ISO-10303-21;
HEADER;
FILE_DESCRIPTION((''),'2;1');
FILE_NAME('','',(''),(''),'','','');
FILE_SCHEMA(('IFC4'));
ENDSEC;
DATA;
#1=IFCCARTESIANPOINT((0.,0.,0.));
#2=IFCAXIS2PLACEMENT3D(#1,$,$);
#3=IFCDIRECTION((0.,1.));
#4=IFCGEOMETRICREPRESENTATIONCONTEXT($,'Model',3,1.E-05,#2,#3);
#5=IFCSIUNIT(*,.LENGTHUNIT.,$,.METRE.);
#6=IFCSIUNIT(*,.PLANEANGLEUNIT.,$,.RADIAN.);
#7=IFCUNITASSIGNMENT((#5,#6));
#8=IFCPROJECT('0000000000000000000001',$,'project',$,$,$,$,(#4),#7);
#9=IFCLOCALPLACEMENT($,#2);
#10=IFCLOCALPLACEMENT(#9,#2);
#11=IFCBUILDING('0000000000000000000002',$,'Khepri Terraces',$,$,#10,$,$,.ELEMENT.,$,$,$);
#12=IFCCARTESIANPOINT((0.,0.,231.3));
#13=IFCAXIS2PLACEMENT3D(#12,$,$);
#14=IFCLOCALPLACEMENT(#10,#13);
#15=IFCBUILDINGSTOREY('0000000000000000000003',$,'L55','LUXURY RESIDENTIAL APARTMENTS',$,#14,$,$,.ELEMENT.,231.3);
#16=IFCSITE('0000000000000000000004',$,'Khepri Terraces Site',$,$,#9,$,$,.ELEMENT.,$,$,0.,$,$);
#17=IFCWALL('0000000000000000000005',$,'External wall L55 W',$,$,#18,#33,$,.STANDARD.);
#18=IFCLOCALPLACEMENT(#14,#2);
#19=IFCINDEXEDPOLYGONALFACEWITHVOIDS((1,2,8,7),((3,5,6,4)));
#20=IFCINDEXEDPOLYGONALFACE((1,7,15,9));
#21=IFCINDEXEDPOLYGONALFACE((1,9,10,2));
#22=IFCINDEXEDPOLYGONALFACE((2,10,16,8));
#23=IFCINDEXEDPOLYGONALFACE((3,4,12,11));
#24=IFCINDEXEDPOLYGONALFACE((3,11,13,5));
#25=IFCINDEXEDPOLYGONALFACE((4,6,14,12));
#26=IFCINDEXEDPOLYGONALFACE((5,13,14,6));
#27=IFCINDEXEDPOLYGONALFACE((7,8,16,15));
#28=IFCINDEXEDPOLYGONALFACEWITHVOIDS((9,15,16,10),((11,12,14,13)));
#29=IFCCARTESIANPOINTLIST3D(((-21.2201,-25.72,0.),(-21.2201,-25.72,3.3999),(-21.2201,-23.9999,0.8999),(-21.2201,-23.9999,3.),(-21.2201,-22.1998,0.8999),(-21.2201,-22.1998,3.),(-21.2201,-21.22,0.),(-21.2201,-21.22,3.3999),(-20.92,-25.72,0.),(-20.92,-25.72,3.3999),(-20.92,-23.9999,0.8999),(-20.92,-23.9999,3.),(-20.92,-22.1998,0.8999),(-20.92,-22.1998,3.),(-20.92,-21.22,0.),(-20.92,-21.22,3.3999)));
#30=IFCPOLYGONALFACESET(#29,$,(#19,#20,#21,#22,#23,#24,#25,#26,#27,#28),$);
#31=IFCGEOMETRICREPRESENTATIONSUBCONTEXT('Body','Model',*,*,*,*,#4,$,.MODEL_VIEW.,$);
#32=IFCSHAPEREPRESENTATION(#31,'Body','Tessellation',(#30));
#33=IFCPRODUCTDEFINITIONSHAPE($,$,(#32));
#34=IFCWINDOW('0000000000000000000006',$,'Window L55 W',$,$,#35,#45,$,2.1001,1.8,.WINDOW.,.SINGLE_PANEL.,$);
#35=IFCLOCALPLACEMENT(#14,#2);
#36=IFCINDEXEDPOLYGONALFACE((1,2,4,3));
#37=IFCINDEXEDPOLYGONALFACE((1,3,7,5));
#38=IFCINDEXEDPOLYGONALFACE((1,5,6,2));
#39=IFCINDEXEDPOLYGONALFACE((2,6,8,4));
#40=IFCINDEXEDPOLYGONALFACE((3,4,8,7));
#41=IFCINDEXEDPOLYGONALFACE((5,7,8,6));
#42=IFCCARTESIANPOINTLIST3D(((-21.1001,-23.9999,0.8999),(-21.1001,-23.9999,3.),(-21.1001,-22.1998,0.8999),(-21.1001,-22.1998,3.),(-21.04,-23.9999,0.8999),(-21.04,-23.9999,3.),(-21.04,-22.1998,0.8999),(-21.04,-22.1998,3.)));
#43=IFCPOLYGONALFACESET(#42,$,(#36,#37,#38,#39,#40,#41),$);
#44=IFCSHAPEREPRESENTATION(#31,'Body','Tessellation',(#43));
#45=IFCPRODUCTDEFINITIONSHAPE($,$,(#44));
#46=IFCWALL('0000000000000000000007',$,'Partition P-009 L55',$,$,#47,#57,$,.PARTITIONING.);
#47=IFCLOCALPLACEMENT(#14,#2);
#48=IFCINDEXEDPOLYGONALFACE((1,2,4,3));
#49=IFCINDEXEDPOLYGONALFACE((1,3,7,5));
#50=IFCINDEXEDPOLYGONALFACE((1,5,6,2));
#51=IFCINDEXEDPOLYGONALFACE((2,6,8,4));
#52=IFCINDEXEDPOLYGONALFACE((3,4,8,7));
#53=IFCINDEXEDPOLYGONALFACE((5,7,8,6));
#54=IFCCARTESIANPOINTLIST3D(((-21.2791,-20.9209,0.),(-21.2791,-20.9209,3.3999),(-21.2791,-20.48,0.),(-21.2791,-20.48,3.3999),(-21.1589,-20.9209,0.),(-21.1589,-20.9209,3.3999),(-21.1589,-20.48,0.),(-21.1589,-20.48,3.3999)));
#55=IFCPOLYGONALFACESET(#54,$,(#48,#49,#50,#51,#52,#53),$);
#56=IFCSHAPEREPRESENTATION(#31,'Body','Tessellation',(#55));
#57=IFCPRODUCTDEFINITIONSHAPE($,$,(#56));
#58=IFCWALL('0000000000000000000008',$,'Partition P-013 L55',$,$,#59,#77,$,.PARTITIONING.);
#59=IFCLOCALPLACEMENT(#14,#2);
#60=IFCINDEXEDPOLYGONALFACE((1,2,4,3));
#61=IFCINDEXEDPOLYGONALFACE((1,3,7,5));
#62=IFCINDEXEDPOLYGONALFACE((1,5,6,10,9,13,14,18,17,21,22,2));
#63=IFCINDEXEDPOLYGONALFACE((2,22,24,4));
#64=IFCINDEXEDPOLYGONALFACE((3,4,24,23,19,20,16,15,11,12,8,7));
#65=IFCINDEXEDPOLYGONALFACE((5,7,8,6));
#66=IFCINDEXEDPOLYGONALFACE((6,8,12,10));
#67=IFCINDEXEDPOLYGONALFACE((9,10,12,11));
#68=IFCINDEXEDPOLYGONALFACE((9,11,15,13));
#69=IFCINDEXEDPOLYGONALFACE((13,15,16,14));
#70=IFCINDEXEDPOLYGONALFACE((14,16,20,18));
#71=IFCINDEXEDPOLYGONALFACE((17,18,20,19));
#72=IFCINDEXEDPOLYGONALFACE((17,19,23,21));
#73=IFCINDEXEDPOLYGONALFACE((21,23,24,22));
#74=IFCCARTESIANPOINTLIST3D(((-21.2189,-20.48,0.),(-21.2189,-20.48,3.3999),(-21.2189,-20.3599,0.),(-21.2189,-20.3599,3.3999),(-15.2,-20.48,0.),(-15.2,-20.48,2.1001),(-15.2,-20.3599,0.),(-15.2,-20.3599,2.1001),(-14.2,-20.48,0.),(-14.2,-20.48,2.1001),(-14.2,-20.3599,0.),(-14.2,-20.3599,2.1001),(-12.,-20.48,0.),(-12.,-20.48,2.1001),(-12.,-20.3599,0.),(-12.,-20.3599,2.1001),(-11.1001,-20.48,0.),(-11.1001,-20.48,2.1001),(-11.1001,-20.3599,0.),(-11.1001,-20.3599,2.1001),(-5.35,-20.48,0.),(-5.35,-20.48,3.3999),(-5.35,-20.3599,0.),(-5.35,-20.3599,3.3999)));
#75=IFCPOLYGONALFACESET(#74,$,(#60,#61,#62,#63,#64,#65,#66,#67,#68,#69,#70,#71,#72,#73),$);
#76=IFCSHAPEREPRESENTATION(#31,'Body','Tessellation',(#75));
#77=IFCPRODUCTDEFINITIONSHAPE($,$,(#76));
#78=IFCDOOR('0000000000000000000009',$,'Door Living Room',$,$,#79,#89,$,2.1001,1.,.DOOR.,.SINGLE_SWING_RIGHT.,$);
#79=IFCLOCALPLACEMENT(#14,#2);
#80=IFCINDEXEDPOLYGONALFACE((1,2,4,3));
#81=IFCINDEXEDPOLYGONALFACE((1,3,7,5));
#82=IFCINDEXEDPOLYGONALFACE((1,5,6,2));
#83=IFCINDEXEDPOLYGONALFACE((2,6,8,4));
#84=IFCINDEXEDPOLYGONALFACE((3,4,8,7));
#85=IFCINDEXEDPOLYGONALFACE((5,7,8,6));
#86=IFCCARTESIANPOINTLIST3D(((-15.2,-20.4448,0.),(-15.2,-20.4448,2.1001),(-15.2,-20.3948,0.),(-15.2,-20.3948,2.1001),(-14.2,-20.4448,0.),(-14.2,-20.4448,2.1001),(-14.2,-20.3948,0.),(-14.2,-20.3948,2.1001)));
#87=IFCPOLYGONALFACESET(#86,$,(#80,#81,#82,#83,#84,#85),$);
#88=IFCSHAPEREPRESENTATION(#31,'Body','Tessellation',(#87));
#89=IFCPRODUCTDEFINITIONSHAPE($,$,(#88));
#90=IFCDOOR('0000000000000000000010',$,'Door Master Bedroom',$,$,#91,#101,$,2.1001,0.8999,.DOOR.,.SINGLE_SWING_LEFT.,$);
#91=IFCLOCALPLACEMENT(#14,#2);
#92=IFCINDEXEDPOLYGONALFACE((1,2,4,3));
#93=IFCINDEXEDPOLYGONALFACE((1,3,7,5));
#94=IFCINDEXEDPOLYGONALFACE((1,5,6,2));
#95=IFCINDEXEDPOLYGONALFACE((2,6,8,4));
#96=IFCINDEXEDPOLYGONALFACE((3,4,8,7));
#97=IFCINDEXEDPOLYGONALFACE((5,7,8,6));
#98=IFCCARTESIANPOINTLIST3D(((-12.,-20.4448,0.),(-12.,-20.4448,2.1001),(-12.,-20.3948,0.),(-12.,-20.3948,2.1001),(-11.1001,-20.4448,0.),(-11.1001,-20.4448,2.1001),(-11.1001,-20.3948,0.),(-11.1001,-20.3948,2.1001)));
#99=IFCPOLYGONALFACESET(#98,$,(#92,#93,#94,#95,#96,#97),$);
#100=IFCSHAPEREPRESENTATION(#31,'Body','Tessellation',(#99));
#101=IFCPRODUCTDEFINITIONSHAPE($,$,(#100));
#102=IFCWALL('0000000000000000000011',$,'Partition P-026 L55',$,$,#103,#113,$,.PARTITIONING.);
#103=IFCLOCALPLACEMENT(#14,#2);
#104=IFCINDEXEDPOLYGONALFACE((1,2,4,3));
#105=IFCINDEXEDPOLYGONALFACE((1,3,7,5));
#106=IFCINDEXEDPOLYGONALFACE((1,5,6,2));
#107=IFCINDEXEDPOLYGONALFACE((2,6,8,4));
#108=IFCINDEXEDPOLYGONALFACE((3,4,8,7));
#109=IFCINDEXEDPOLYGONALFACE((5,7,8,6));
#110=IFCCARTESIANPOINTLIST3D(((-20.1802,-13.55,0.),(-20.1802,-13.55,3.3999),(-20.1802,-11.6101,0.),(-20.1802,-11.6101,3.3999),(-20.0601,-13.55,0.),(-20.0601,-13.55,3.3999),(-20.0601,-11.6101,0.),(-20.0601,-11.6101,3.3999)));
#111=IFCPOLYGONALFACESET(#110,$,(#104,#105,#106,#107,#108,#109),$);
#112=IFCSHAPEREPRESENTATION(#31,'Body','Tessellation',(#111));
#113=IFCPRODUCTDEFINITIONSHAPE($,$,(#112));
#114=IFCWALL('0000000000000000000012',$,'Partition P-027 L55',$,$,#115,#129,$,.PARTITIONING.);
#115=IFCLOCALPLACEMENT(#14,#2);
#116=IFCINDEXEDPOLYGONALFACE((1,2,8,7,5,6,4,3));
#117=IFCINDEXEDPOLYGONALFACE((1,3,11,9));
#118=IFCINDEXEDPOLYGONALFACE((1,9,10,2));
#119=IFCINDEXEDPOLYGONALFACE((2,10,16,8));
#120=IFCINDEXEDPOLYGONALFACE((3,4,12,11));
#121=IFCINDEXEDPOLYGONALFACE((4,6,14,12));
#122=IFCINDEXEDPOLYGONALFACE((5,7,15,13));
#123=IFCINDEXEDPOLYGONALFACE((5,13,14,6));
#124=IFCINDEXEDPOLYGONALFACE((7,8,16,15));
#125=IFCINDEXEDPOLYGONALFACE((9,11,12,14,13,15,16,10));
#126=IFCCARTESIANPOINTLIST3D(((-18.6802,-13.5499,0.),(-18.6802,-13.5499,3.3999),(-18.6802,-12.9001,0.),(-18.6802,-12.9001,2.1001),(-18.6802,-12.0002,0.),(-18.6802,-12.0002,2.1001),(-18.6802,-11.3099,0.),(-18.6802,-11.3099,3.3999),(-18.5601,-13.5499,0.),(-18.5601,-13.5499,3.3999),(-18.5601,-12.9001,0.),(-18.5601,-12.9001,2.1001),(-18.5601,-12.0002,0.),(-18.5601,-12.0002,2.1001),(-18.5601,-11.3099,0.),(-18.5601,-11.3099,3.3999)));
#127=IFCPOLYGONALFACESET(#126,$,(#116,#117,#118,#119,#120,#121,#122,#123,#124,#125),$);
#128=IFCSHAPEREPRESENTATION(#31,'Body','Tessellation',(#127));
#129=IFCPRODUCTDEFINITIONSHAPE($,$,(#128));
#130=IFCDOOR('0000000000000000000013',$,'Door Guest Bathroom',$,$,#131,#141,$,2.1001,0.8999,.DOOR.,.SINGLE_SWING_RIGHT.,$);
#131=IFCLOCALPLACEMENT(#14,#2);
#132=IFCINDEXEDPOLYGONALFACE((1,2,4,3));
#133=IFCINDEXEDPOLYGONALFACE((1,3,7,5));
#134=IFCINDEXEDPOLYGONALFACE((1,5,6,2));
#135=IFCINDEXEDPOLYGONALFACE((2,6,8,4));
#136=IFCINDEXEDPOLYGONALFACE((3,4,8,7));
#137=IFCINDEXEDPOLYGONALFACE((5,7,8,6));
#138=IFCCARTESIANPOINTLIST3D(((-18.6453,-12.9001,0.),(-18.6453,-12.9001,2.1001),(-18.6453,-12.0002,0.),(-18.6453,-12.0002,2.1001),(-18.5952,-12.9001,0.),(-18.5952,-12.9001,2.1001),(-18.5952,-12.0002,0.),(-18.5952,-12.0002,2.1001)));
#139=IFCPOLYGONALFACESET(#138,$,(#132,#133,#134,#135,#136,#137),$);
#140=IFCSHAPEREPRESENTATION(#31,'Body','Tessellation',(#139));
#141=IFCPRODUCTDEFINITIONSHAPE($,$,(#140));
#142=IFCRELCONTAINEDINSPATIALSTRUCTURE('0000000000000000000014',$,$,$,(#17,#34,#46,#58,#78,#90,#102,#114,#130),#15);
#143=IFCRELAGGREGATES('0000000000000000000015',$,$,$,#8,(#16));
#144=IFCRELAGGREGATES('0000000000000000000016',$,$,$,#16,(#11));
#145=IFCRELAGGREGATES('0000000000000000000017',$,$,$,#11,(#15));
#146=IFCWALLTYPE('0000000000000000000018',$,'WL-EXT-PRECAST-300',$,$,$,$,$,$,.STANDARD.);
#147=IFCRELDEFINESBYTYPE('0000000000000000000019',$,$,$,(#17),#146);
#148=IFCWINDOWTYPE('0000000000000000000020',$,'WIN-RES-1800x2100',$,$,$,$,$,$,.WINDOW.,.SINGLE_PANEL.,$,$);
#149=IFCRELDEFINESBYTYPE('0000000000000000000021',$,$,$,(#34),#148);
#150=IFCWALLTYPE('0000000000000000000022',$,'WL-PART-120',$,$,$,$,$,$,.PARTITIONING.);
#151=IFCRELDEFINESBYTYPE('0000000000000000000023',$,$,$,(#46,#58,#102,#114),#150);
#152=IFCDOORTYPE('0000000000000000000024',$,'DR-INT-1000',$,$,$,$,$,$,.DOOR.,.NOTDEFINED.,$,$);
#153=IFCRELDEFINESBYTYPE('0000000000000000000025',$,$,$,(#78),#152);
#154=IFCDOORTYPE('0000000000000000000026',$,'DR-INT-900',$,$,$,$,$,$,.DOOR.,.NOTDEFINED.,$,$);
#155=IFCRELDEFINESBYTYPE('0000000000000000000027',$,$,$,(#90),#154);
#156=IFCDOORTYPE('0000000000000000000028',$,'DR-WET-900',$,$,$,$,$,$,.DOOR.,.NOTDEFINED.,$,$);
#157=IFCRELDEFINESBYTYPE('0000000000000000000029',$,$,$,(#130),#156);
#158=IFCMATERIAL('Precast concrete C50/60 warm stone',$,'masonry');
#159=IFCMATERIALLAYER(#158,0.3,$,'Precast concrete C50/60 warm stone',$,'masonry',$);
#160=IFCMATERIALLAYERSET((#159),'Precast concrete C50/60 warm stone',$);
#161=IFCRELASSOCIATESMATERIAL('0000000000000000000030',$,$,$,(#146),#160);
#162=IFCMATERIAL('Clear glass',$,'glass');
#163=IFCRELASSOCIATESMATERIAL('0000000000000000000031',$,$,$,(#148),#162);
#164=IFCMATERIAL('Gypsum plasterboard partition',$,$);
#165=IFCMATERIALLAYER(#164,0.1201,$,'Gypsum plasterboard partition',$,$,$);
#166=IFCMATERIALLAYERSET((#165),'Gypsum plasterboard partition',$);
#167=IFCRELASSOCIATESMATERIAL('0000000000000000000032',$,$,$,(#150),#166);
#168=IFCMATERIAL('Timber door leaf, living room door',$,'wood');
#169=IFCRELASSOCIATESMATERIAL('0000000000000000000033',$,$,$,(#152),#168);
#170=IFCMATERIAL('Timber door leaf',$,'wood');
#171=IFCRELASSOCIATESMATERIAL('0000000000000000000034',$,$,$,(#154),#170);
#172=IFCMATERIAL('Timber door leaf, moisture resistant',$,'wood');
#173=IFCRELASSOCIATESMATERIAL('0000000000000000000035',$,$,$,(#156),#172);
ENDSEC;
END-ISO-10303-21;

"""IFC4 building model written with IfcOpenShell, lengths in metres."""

from ifc_helpers import new_model, si_unit, direction, frame, frame_2d, origin, place, context, subcontext, project, spatial, rectangle, extrude, material, layer, layer_set, type_object, element, fill, save


model = new_model("IFC4")

# Units and contexts
model_context = context("Model", 3, precision=1e-05, world=origin(), true_north=direction((0.0, 1.0)))
body_context = subcontext(model_context, "Body", "Model", "MODEL_VIEW")
ifc_project = project(units=[si_unit("LENGTHUNIT", "METRE"), si_unit("PLANEANGLEUNIT", "RADIAN")], contexts=[model_context])

# Site, building, storey
site_placement = place(None, origin())
site = spatial("IfcSite", under=ifc_project, at=site_placement, Name="Khepri Terraces Site", CompositionType="ELEMENT", RefElevation=0.0)
building_placement = place(site_placement, origin())
building = spatial("IfcBuilding", under=site, at=building_placement, Name="Khepri Terraces", CompositionType="ELEMENT")
storey_placement = place(building_placement, frame((0.0, 0.0, 231.3)))
storey = spatial("IfcBuildingStorey", under=building, at=storey_placement, Name="L55", Description="LUXURY RESIDENTIAL APARTMENTS", CompositionType="ELEMENT", Elevation=231.3)

# Wall, opening, window
ifc_material_1 = material(Name="Precast concrete C50/60 warm stone", Category="masonry")
ifc_layer_1 = layer(ifc_material_1, 0.3, Name="Precast concrete C50/60 warm stone", Category="masonry")
ifc_layer_set_1 = layer_set([ifc_layer_1], Name="Precast concrete C50/60 warm stone")
wall_type_1 = type_object("IfcWallType", Name="WL-EXT-PRECAST-300", PredefinedType="STANDARD", material=ifc_layer_set_1)
ifc_material_2 = material(Name="Clear glass", Category="glass")
window_type = type_object("IfcWindowType", Name="WIN-RES-1800x2100", PartitioningType="SINGLE_PANEL", PredefinedType="WINDOW", material=ifc_material_2)
wall_1_placement = place(storey_placement, frame((-21.0701, -21.22, 0.0), z_axis=(0.0, 0.0, 1.0), x_axis=(0.0, -1.0, 0.0)))
wall_1 = element("IfcWall", 1, at=wall_1_placement, inside=storey, type_object=wall_type_1, Name="External wall L55 W", PredefinedType="STANDARD", context=body_context, shape_type="SweptSolid", body=[
    extrude(rectangle(XDim=4.5, YDim=0.3, at=frame_2d((2.25, 0.0))), origin(), (0.0, 0.0, 1.0), 3.3999),
])
opening_1_placement = place(wall_1_placement, frame((0.98, 0.0, 0.8999)))
opening_1 = element("IfcOpeningElement", 2, at=opening_1_placement, cuts=wall_1, PredefinedType="OPENING", context=body_context, shape_type="SweptSolid", body=[
    extrude(rectangle(XDim=1.8, YDim=2.1001, at=frame_2d((0.8999, 1.05))), frame((0.0, 0.1602, 0.0), z_axis=(0.0, -1.0, 0.0), x_axis=(1.0, 0.0, 0.0)), (0.0, 0.0, 1.0), 0.3201),
])
window_1_placement = place(opening_1_placement, origin())
window_1 = element("IfcWindow", 3, at=window_1_placement, inside=storey, type_object=window_type, Name="Window L55 W", OverallHeight=2.1001, OverallWidth=1.8, PartitioningType="SINGLE_PANEL", PredefinedType="WINDOW", context=body_context, shape_type="SweptSolid", body=[
    extrude(rectangle(XDim=1.8, YDim=2.1001, at=frame_2d((0.8999, 1.05))), frame((0.0, 0.03, 0.0), z_axis=(0.0, -1.0, 0.0), x_axis=(1.0, 0.0, 0.0)), (0.0, 0.0, 1.0), 0.0601),
])
fill(opening_1, window_1)

# Wall
ifc_material_3 = material(Name="Gypsum plasterboard partition")
ifc_layer_2 = layer(ifc_material_3, 0.1201, Name="Gypsum plasterboard partition")
ifc_layer_set_2 = layer_set([ifc_layer_2], Name="Gypsum plasterboard partition")
wall_type_2 = type_object("IfcWallType", Name="WL-PART-120", PredefinedType="PARTITIONING", material=ifc_layer_set_2)
wall_2_placement = place(storey_placement, frame((-21.219, -20.9209, 0.0), z_axis=(0.0, 0.0, 1.0), x_axis=(0.0, 1.0, 0.0)))
element("IfcWall", 4, at=wall_2_placement, inside=storey, type_object=wall_type_2, Name="Partition P-009 L55", PredefinedType="PARTITIONING", context=body_context, shape_type="SweptSolid", body=[
    extrude(rectangle(XDim=0.4409, YDim=0.1201, at=frame_2d((0.2205, 0.0))), origin(), (0.0, 0.0, 1.0), 3.3999),
])

# Wall, openings, doors
wall_3_placement = place(storey_placement, frame((-21.219, -20.4199, 0.0), z_axis=(0.0, 0.0, 1.0), x_axis=(1.0, 0.0, 0.0)))
wall_3 = element("IfcWall", 5, at=wall_3_placement, inside=storey, type_object=wall_type_2, Name="Partition P-013 L55", PredefinedType="PARTITIONING", context=body_context, shape_type="SweptSolid", body=[
    extrude(rectangle(XDim=15.8689, YDim=0.1201, at=frame_2d((7.9346, 0.0))), origin(), (0.0, 0.0, 1.0), 3.3999),
])
opening_2_placement = place(wall_3_placement, frame((6.019, 0.0, 0.0)))
opening_2 = element("IfcOpeningElement", 6, at=opening_2_placement, cuts=wall_3, PredefinedType="OPENING", context=body_context, shape_type="SweptSolid", body=[
    extrude(rectangle(XDim=1.0, YDim=2.1001, at=frame_2d((0.5, 1.05))), frame((0.0, 0.0701, 0.0), z_axis=(0.0, -1.0, 0.0), x_axis=(1.0, 0.0, 0.0)), (0.0, 0.0, 1.0), 0.1401),
])
opening_3_placement = place(wall_3_placement, frame((9.219, 0.0, 0.0)))
opening_3 = element("IfcOpeningElement", 7, at=opening_3_placement, cuts=wall_3, PredefinedType="OPENING", context=body_context, shape_type="SweptSolid", body=[
    extrude(rectangle(XDim=0.8999, YDim=2.1001, at=frame_2d((0.45, 1.05))), frame((0.0, 0.0701, 0.0), z_axis=(0.0, -1.0, 0.0), x_axis=(1.0, 0.0, 0.0)), (0.0, 0.0, 1.0), 0.1401),
])
ifc_material_4 = material(Name="Timber door leaf, living room door", Category="wood")
door_type_1 = type_object("IfcDoorType", Name="DR-INT-1000", OperationType="NOTDEFINED", PredefinedType="DOOR", material=ifc_material_4)
door_1_placement = place(opening_2_placement, frame((1.0, 0.0, 0.0), z_axis=(0.0, 0.0, 1.0), x_axis=(-1.0, 0.0, 0.0)))
door_1 = element("IfcDoor", 8, at=door_1_placement, inside=storey, type_object=door_type_1, Name="Door Living Room", OperationType="SINGLE_SWING_RIGHT", OverallHeight=2.1001, OverallWidth=1.0, PredefinedType="DOOR", context=body_context, shape_type="SweptSolid", body=[
    extrude(rectangle(XDim=1.0, YDim=2.1001, at=frame_2d((0.5, 1.05))), frame((0.0, 0.0249, 0.0), z_axis=(0.0, -1.0, 0.0), x_axis=(1.0, 0.0, 0.0)), (0.0, 0.0, 1.0), 0.05),
])
fill(opening_2, door_1)
ifc_material_5 = material(Name="Timber door leaf", Category="wood")
door_type_2 = type_object("IfcDoorType", Name="DR-INT-900", OperationType="NOTDEFINED", PredefinedType="DOOR", material=ifc_material_5)
door_2_placement = place(opening_3_placement, frame((0.8999, 0.0, 0.0), z_axis=(0.0, 0.0, 1.0), x_axis=(-1.0, 0.0, 0.0)))
door_2 = element("IfcDoor", 9, at=door_2_placement, inside=storey, type_object=door_type_2, Name="Door Master Bedroom", OperationType="SINGLE_SWING_LEFT", OverallHeight=2.1001, OverallWidth=0.8999, PredefinedType="DOOR", context=body_context, shape_type="SweptSolid", body=[
    extrude(rectangle(XDim=0.8999, YDim=2.1001, at=frame_2d((0.45, 1.05))), frame((0.0, 0.0249, 0.0), z_axis=(0.0, -1.0, 0.0), x_axis=(1.0, 0.0, 0.0)), (0.0, 0.0, 1.0), 0.05),
])
fill(opening_3, door_2)

# Wall
wall_4_placement = place(storey_placement, frame((-20.1201, -13.55, 0.0), z_axis=(0.0, 0.0, 1.0), x_axis=(0.0, 1.0, 0.0)))
element("IfcWall", 10, at=wall_4_placement, inside=storey, type_object=wall_type_2, Name="Partition P-026 L55", PredefinedType="PARTITIONING", context=body_context, shape_type="SweptSolid", body=[
    extrude(rectangle(XDim=1.9399, YDim=0.1201, at=frame_2d((0.97, 0.0))), origin(), (0.0, 0.0, 1.0), 3.3999),
])

# Wall, opening, door
wall_5_placement = place(storey_placement, frame((-18.6201, -13.55, 0.0), z_axis=(0.0, 0.0, 1.0), x_axis=(0.0, 1.0, 0.0)))
wall_5 = element("IfcWall", 11, at=wall_5_placement, inside=storey, type_object=wall_type_2, Name="Partition P-027 L55", PredefinedType="PARTITIONING", context=body_context, shape_type="SweptSolid", body=[
    extrude(rectangle(XDim=2.24, YDim=0.1201, at=frame_2d((1.1201, 0.0))), origin(), (0.0, 0.0, 1.0), 3.3999),
])
opening_4_placement = place(wall_5_placement, frame((0.6499, 0.0, 0.0)))
opening_4 = element("IfcOpeningElement", 12, at=opening_4_placement, cuts=wall_5, PredefinedType="OPENING", context=body_context, shape_type="SweptSolid", body=[
    extrude(rectangle(XDim=0.8999, YDim=2.1001, at=frame_2d((0.45, 1.05))), frame((0.0, 0.0701, 0.0), z_axis=(0.0, -1.0, 0.0), x_axis=(1.0, 0.0, 0.0)), (0.0, 0.0, 1.0), 0.1401),
])
ifc_material_6 = material(Name="Timber door leaf, moisture resistant", Category="wood")
door_type_3 = type_object("IfcDoorType", Name="DR-WET-900", OperationType="NOTDEFINED", PredefinedType="DOOR", material=ifc_material_6)
door_3_placement = place(opening_4_placement, frame((0.8999, 0.0, 0.0), z_axis=(0.0, 0.0, 1.0), x_axis=(-1.0, 0.0, 0.0)))
door_3 = element("IfcDoor", 13, at=door_3_placement, inside=storey, type_object=door_type_3, Name="Door Guest Bathroom", OperationType="SINGLE_SWING_RIGHT", OverallHeight=2.1001, OverallWidth=0.8999, PredefinedType="DOOR", context=body_context, shape_type="SweptSolid", body=[
    extrude(rectangle(XDim=0.8999, YDim=2.1001, at=frame_2d((0.45, 1.05))), frame((0.0, 0.0249, 0.0), z_axis=(0.0, -1.0, 0.0), x_axis=(1.0, 0.0, 0.0)), (0.0, 0.0, 1.0), 0.05),
])
fill(opening_4, door_3)

save(model, "model.ifc")
